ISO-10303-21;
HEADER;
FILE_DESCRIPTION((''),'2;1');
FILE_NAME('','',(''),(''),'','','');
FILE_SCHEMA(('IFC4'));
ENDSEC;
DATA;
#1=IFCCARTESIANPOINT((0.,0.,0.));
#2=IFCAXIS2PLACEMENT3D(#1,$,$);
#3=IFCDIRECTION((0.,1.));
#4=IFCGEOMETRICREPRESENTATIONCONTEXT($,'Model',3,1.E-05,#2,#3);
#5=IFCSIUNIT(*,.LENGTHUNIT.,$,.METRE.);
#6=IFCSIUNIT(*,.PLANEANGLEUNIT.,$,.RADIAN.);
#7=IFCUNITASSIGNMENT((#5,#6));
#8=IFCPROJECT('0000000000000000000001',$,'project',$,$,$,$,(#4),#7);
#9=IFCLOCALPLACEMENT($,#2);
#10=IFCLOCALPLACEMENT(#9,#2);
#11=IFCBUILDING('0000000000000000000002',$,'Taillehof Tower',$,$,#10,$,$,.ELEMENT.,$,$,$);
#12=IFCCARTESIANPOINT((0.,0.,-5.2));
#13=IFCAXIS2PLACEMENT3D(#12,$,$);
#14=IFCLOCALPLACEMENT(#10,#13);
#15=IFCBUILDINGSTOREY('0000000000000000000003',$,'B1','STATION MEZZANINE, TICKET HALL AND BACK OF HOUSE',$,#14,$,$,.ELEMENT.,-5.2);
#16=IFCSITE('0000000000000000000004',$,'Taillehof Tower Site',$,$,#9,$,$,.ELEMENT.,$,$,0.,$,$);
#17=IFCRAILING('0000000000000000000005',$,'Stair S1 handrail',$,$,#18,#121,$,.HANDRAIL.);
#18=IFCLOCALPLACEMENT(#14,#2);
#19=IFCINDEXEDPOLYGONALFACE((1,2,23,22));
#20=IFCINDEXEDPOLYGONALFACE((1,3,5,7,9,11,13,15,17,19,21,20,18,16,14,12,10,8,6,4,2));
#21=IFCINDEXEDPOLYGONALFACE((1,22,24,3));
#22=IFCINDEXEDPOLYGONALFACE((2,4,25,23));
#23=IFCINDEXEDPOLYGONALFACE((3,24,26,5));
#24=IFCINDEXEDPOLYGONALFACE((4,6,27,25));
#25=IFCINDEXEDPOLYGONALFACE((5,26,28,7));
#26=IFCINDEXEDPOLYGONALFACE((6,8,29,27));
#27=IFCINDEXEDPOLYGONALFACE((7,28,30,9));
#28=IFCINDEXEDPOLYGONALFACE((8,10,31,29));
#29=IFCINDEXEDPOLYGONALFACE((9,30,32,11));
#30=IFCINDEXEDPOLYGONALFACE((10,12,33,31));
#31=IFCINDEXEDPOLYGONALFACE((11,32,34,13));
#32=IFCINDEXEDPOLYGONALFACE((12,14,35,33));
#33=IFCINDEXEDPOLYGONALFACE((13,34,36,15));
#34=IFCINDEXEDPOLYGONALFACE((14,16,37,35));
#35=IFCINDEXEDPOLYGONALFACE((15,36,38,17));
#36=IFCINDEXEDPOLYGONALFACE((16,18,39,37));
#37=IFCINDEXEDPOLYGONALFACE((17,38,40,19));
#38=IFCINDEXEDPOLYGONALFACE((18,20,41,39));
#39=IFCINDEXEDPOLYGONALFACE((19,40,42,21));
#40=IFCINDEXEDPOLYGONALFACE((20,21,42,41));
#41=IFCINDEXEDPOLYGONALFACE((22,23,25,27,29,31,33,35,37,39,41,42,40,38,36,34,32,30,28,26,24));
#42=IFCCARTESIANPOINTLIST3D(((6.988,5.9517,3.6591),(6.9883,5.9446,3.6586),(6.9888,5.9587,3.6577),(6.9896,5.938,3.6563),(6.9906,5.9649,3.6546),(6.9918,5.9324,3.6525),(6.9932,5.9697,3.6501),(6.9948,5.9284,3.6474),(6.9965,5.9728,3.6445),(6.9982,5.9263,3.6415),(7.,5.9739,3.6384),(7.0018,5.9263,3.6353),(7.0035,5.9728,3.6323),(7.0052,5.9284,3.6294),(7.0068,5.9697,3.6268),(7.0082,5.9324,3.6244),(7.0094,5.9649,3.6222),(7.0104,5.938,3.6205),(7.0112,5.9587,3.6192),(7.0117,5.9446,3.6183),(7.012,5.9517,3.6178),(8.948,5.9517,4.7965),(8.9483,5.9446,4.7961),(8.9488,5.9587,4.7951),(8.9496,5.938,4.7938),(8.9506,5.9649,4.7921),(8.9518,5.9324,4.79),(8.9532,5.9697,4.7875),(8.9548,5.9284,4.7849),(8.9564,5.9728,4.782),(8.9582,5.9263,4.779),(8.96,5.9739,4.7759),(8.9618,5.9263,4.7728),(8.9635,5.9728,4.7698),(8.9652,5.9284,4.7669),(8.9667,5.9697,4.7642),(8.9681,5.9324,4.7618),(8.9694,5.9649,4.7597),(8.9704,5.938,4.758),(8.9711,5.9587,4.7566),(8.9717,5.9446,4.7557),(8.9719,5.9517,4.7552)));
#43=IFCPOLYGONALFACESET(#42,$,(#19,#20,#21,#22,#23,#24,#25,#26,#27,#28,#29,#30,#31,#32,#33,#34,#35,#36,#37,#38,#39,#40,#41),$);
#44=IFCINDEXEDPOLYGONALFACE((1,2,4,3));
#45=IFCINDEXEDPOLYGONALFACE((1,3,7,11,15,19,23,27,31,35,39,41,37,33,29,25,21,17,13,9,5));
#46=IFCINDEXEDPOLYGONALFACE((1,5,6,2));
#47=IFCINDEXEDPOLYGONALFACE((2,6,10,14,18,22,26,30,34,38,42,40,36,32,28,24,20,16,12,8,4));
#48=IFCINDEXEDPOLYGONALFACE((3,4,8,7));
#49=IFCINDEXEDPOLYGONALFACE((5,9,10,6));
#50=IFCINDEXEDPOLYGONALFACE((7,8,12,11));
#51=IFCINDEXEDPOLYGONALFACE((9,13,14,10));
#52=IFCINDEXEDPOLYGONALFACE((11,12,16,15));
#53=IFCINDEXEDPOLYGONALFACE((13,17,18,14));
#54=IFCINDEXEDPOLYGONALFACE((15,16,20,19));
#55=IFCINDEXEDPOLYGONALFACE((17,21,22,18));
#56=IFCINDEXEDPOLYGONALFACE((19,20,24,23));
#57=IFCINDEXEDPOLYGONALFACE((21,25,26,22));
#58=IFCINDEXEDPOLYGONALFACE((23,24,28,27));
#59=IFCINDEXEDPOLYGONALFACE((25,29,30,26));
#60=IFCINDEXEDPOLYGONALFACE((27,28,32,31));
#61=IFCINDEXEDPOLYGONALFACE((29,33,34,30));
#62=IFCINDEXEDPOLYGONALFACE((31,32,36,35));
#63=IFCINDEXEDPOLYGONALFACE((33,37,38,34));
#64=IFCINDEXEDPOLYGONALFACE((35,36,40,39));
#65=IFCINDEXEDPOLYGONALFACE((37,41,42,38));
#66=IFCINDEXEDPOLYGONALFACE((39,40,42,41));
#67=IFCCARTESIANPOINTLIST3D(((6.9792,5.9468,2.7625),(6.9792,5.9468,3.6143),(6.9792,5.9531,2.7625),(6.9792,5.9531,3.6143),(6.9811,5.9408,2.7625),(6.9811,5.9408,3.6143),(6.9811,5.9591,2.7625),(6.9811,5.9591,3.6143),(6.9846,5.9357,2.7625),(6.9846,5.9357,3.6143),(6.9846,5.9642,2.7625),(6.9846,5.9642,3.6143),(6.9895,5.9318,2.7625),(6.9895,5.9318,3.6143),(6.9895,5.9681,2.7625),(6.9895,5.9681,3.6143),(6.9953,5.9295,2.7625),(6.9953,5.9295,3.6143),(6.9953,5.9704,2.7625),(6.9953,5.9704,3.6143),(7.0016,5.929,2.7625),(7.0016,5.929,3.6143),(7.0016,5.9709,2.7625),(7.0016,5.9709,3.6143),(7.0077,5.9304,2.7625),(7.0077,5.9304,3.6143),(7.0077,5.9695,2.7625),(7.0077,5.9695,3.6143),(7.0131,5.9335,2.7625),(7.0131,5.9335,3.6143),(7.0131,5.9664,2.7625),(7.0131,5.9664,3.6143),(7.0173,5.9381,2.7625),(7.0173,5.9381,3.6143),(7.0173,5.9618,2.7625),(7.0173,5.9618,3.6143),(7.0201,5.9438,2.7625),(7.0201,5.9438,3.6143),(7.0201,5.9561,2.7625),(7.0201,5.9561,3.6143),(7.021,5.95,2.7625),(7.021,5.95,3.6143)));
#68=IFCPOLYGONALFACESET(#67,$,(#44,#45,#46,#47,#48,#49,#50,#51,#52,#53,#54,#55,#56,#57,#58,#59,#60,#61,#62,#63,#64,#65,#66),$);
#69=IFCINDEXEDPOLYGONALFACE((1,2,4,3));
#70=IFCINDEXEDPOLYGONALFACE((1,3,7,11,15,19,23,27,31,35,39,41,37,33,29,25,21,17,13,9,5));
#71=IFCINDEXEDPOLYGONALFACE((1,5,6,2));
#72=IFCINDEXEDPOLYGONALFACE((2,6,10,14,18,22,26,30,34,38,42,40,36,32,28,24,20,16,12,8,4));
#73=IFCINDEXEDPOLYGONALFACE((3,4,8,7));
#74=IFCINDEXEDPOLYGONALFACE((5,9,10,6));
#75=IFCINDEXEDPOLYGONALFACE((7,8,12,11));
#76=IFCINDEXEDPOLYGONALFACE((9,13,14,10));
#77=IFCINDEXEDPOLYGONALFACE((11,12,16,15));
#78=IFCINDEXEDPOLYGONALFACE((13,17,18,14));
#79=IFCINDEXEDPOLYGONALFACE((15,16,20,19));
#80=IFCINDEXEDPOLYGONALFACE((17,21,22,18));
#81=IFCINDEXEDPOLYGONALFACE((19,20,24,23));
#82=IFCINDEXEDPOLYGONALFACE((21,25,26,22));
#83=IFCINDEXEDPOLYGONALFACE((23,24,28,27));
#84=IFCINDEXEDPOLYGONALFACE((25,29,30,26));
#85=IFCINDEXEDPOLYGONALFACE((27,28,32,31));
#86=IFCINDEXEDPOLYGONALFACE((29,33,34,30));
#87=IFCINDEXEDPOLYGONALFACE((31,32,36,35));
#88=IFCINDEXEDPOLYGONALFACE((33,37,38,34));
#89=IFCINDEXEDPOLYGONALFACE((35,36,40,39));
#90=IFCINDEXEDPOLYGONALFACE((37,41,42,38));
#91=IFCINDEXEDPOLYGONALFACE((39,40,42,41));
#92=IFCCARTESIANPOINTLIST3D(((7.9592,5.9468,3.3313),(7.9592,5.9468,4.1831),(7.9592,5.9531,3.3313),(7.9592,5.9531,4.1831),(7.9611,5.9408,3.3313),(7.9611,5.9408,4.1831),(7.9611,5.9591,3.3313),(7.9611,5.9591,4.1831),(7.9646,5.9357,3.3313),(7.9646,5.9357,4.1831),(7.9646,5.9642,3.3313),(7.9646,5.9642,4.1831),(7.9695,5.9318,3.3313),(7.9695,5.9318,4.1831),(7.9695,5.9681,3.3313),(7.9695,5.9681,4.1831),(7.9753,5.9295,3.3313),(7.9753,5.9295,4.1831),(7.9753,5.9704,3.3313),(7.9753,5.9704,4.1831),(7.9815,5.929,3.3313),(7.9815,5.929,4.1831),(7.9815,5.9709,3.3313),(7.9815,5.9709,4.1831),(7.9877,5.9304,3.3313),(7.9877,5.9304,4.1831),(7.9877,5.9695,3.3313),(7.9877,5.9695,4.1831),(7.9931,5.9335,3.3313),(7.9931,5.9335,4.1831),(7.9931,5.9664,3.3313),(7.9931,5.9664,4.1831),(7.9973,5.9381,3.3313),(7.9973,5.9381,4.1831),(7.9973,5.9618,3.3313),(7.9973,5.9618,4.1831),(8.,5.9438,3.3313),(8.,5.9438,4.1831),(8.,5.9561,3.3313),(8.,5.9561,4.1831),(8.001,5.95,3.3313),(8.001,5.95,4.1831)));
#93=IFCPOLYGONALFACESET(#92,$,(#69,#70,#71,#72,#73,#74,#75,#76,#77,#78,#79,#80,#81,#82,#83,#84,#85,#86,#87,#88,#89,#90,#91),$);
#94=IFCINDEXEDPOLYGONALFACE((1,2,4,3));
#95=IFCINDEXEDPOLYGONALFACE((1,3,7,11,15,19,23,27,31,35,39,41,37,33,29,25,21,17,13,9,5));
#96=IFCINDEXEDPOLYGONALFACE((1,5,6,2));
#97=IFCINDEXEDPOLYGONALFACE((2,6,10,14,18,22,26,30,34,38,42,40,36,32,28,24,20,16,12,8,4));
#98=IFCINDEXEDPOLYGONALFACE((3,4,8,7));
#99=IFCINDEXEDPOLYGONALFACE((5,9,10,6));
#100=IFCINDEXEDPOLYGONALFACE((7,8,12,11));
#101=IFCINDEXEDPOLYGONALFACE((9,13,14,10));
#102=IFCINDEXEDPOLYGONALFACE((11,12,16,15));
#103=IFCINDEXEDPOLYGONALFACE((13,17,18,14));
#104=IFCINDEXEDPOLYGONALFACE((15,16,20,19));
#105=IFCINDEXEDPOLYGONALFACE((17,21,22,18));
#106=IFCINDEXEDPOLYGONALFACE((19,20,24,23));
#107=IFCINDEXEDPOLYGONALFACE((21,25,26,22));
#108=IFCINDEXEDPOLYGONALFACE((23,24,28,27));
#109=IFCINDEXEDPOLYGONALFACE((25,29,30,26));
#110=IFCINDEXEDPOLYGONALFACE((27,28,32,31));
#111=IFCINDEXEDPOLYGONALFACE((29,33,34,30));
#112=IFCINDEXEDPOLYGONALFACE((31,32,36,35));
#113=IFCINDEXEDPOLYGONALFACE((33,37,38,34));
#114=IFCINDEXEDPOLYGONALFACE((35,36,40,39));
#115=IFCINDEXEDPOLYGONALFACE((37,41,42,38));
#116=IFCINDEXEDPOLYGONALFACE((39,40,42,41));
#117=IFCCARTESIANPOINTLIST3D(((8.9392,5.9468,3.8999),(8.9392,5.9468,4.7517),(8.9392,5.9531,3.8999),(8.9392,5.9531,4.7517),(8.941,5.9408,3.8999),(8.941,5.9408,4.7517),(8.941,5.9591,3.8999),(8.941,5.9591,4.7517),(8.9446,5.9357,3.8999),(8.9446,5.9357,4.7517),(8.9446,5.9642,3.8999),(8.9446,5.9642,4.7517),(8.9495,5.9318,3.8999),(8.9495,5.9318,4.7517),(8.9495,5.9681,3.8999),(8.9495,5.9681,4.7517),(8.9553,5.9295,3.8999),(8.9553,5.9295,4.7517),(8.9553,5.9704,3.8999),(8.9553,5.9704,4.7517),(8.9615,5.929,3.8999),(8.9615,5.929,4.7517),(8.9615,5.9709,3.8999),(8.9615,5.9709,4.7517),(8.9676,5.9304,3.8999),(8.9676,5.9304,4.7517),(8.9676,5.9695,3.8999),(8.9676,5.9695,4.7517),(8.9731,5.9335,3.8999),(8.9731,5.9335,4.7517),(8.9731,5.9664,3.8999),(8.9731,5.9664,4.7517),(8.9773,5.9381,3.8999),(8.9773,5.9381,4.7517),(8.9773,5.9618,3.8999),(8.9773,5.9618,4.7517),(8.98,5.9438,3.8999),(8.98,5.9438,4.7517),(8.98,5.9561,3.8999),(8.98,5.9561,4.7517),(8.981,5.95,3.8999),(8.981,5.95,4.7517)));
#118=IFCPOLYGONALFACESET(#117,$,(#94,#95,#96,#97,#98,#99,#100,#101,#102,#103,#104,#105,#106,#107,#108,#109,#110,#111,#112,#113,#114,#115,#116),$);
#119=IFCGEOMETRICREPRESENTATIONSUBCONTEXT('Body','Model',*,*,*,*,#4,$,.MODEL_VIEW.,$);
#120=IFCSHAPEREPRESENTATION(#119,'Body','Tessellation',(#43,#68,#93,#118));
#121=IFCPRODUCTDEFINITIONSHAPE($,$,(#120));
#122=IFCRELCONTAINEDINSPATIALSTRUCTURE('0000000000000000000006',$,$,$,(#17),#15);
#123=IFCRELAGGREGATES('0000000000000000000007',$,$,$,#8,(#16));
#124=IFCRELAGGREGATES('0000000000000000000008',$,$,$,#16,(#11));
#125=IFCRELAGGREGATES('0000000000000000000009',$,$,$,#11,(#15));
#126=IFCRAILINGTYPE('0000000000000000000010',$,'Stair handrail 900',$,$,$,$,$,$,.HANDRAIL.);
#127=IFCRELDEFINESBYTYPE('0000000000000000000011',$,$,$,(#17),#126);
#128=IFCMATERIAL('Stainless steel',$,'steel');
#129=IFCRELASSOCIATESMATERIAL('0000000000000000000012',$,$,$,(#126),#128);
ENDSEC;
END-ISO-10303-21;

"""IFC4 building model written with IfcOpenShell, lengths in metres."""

from ifc_helpers import new_model, si_unit, direction, frame, origin, origin_2d, place, context, subcontext, project, spatial, circle, extrude, material, type_object, element, save


model = new_model("IFC4")

# Units and contexts
model_context = context("Model", 3, precision=1e-05, world=origin(), true_north=direction((0.0, 1.0)))
body_context = subcontext(model_context, "Body", "Model", "MODEL_VIEW")
ifc_project = project(units=[si_unit("LENGTHUNIT", "METRE"), si_unit("PLANEANGLEUNIT", "RADIAN")], contexts=[model_context])

# Site, building, storey
site_placement = place(None, origin())
site = spatial("IfcSite", under=ifc_project, at=site_placement, Name="Taillehof Tower Site", CompositionType="ELEMENT", RefElevation=0.0)
building_placement = place(site_placement, origin())
building = spatial("IfcBuilding", under=site, at=building_placement, Name="Taillehof Tower", CompositionType="ELEMENT")
storey_placement = place(building_placement, frame((0.0, 0.0, -5.2)))
storey = spatial("IfcBuildingStorey", under=building, at=storey_placement, Name="B1", Description="STATION MEZZANINE, TICKET HALL AND BACK OF HOUSE", CompositionType="ELEMENT", Elevation=-5.2)

# Railing
ifc_material_1 = material(Name="Stainless steel", Category="steel")
railing_type = type_object("IfcRailingType", Name="Stair handrail 900", PredefinedType="HANDRAIL", material=ifc_material_1)
railing_1_placement = place(storey_placement, frame((7.0, 5.95, 2.7625)))
element("IfcRailing", 1, at=railing_1_placement, inside=storey, type_object=railing_type, Name="Stair S1 handrail", PredefinedType="HANDRAIL", context=body_context, shape_type="SweptSolid", body=[
    extrude(circle(Radius=0.0239, at=origin_2d()), frame((0.0, 0.0, 0.876), z_axis=(0.864902, 0.0, 0.501941), x_axis=(0.0, 1.0, 0.0)), (0.0, 0.0, 1.0), 2.2661),
    extrude(circle(Radius=0.021, at=origin_2d()), origin(), (0.0, 0.0, 1.0), 0.8518),
    extrude(circle(Radius=0.021, at=origin_2d()), frame((0.98, 0.0, 0.5688)), (0.0, 0.0, 1.0), 0.8518),
    extrude(circle(Radius=0.021, at=origin_2d()), frame((1.96, 0.0, 1.1375)), (0.0, 0.0, 1.0), 0.8518),
])

save(model, "model.ifc")
